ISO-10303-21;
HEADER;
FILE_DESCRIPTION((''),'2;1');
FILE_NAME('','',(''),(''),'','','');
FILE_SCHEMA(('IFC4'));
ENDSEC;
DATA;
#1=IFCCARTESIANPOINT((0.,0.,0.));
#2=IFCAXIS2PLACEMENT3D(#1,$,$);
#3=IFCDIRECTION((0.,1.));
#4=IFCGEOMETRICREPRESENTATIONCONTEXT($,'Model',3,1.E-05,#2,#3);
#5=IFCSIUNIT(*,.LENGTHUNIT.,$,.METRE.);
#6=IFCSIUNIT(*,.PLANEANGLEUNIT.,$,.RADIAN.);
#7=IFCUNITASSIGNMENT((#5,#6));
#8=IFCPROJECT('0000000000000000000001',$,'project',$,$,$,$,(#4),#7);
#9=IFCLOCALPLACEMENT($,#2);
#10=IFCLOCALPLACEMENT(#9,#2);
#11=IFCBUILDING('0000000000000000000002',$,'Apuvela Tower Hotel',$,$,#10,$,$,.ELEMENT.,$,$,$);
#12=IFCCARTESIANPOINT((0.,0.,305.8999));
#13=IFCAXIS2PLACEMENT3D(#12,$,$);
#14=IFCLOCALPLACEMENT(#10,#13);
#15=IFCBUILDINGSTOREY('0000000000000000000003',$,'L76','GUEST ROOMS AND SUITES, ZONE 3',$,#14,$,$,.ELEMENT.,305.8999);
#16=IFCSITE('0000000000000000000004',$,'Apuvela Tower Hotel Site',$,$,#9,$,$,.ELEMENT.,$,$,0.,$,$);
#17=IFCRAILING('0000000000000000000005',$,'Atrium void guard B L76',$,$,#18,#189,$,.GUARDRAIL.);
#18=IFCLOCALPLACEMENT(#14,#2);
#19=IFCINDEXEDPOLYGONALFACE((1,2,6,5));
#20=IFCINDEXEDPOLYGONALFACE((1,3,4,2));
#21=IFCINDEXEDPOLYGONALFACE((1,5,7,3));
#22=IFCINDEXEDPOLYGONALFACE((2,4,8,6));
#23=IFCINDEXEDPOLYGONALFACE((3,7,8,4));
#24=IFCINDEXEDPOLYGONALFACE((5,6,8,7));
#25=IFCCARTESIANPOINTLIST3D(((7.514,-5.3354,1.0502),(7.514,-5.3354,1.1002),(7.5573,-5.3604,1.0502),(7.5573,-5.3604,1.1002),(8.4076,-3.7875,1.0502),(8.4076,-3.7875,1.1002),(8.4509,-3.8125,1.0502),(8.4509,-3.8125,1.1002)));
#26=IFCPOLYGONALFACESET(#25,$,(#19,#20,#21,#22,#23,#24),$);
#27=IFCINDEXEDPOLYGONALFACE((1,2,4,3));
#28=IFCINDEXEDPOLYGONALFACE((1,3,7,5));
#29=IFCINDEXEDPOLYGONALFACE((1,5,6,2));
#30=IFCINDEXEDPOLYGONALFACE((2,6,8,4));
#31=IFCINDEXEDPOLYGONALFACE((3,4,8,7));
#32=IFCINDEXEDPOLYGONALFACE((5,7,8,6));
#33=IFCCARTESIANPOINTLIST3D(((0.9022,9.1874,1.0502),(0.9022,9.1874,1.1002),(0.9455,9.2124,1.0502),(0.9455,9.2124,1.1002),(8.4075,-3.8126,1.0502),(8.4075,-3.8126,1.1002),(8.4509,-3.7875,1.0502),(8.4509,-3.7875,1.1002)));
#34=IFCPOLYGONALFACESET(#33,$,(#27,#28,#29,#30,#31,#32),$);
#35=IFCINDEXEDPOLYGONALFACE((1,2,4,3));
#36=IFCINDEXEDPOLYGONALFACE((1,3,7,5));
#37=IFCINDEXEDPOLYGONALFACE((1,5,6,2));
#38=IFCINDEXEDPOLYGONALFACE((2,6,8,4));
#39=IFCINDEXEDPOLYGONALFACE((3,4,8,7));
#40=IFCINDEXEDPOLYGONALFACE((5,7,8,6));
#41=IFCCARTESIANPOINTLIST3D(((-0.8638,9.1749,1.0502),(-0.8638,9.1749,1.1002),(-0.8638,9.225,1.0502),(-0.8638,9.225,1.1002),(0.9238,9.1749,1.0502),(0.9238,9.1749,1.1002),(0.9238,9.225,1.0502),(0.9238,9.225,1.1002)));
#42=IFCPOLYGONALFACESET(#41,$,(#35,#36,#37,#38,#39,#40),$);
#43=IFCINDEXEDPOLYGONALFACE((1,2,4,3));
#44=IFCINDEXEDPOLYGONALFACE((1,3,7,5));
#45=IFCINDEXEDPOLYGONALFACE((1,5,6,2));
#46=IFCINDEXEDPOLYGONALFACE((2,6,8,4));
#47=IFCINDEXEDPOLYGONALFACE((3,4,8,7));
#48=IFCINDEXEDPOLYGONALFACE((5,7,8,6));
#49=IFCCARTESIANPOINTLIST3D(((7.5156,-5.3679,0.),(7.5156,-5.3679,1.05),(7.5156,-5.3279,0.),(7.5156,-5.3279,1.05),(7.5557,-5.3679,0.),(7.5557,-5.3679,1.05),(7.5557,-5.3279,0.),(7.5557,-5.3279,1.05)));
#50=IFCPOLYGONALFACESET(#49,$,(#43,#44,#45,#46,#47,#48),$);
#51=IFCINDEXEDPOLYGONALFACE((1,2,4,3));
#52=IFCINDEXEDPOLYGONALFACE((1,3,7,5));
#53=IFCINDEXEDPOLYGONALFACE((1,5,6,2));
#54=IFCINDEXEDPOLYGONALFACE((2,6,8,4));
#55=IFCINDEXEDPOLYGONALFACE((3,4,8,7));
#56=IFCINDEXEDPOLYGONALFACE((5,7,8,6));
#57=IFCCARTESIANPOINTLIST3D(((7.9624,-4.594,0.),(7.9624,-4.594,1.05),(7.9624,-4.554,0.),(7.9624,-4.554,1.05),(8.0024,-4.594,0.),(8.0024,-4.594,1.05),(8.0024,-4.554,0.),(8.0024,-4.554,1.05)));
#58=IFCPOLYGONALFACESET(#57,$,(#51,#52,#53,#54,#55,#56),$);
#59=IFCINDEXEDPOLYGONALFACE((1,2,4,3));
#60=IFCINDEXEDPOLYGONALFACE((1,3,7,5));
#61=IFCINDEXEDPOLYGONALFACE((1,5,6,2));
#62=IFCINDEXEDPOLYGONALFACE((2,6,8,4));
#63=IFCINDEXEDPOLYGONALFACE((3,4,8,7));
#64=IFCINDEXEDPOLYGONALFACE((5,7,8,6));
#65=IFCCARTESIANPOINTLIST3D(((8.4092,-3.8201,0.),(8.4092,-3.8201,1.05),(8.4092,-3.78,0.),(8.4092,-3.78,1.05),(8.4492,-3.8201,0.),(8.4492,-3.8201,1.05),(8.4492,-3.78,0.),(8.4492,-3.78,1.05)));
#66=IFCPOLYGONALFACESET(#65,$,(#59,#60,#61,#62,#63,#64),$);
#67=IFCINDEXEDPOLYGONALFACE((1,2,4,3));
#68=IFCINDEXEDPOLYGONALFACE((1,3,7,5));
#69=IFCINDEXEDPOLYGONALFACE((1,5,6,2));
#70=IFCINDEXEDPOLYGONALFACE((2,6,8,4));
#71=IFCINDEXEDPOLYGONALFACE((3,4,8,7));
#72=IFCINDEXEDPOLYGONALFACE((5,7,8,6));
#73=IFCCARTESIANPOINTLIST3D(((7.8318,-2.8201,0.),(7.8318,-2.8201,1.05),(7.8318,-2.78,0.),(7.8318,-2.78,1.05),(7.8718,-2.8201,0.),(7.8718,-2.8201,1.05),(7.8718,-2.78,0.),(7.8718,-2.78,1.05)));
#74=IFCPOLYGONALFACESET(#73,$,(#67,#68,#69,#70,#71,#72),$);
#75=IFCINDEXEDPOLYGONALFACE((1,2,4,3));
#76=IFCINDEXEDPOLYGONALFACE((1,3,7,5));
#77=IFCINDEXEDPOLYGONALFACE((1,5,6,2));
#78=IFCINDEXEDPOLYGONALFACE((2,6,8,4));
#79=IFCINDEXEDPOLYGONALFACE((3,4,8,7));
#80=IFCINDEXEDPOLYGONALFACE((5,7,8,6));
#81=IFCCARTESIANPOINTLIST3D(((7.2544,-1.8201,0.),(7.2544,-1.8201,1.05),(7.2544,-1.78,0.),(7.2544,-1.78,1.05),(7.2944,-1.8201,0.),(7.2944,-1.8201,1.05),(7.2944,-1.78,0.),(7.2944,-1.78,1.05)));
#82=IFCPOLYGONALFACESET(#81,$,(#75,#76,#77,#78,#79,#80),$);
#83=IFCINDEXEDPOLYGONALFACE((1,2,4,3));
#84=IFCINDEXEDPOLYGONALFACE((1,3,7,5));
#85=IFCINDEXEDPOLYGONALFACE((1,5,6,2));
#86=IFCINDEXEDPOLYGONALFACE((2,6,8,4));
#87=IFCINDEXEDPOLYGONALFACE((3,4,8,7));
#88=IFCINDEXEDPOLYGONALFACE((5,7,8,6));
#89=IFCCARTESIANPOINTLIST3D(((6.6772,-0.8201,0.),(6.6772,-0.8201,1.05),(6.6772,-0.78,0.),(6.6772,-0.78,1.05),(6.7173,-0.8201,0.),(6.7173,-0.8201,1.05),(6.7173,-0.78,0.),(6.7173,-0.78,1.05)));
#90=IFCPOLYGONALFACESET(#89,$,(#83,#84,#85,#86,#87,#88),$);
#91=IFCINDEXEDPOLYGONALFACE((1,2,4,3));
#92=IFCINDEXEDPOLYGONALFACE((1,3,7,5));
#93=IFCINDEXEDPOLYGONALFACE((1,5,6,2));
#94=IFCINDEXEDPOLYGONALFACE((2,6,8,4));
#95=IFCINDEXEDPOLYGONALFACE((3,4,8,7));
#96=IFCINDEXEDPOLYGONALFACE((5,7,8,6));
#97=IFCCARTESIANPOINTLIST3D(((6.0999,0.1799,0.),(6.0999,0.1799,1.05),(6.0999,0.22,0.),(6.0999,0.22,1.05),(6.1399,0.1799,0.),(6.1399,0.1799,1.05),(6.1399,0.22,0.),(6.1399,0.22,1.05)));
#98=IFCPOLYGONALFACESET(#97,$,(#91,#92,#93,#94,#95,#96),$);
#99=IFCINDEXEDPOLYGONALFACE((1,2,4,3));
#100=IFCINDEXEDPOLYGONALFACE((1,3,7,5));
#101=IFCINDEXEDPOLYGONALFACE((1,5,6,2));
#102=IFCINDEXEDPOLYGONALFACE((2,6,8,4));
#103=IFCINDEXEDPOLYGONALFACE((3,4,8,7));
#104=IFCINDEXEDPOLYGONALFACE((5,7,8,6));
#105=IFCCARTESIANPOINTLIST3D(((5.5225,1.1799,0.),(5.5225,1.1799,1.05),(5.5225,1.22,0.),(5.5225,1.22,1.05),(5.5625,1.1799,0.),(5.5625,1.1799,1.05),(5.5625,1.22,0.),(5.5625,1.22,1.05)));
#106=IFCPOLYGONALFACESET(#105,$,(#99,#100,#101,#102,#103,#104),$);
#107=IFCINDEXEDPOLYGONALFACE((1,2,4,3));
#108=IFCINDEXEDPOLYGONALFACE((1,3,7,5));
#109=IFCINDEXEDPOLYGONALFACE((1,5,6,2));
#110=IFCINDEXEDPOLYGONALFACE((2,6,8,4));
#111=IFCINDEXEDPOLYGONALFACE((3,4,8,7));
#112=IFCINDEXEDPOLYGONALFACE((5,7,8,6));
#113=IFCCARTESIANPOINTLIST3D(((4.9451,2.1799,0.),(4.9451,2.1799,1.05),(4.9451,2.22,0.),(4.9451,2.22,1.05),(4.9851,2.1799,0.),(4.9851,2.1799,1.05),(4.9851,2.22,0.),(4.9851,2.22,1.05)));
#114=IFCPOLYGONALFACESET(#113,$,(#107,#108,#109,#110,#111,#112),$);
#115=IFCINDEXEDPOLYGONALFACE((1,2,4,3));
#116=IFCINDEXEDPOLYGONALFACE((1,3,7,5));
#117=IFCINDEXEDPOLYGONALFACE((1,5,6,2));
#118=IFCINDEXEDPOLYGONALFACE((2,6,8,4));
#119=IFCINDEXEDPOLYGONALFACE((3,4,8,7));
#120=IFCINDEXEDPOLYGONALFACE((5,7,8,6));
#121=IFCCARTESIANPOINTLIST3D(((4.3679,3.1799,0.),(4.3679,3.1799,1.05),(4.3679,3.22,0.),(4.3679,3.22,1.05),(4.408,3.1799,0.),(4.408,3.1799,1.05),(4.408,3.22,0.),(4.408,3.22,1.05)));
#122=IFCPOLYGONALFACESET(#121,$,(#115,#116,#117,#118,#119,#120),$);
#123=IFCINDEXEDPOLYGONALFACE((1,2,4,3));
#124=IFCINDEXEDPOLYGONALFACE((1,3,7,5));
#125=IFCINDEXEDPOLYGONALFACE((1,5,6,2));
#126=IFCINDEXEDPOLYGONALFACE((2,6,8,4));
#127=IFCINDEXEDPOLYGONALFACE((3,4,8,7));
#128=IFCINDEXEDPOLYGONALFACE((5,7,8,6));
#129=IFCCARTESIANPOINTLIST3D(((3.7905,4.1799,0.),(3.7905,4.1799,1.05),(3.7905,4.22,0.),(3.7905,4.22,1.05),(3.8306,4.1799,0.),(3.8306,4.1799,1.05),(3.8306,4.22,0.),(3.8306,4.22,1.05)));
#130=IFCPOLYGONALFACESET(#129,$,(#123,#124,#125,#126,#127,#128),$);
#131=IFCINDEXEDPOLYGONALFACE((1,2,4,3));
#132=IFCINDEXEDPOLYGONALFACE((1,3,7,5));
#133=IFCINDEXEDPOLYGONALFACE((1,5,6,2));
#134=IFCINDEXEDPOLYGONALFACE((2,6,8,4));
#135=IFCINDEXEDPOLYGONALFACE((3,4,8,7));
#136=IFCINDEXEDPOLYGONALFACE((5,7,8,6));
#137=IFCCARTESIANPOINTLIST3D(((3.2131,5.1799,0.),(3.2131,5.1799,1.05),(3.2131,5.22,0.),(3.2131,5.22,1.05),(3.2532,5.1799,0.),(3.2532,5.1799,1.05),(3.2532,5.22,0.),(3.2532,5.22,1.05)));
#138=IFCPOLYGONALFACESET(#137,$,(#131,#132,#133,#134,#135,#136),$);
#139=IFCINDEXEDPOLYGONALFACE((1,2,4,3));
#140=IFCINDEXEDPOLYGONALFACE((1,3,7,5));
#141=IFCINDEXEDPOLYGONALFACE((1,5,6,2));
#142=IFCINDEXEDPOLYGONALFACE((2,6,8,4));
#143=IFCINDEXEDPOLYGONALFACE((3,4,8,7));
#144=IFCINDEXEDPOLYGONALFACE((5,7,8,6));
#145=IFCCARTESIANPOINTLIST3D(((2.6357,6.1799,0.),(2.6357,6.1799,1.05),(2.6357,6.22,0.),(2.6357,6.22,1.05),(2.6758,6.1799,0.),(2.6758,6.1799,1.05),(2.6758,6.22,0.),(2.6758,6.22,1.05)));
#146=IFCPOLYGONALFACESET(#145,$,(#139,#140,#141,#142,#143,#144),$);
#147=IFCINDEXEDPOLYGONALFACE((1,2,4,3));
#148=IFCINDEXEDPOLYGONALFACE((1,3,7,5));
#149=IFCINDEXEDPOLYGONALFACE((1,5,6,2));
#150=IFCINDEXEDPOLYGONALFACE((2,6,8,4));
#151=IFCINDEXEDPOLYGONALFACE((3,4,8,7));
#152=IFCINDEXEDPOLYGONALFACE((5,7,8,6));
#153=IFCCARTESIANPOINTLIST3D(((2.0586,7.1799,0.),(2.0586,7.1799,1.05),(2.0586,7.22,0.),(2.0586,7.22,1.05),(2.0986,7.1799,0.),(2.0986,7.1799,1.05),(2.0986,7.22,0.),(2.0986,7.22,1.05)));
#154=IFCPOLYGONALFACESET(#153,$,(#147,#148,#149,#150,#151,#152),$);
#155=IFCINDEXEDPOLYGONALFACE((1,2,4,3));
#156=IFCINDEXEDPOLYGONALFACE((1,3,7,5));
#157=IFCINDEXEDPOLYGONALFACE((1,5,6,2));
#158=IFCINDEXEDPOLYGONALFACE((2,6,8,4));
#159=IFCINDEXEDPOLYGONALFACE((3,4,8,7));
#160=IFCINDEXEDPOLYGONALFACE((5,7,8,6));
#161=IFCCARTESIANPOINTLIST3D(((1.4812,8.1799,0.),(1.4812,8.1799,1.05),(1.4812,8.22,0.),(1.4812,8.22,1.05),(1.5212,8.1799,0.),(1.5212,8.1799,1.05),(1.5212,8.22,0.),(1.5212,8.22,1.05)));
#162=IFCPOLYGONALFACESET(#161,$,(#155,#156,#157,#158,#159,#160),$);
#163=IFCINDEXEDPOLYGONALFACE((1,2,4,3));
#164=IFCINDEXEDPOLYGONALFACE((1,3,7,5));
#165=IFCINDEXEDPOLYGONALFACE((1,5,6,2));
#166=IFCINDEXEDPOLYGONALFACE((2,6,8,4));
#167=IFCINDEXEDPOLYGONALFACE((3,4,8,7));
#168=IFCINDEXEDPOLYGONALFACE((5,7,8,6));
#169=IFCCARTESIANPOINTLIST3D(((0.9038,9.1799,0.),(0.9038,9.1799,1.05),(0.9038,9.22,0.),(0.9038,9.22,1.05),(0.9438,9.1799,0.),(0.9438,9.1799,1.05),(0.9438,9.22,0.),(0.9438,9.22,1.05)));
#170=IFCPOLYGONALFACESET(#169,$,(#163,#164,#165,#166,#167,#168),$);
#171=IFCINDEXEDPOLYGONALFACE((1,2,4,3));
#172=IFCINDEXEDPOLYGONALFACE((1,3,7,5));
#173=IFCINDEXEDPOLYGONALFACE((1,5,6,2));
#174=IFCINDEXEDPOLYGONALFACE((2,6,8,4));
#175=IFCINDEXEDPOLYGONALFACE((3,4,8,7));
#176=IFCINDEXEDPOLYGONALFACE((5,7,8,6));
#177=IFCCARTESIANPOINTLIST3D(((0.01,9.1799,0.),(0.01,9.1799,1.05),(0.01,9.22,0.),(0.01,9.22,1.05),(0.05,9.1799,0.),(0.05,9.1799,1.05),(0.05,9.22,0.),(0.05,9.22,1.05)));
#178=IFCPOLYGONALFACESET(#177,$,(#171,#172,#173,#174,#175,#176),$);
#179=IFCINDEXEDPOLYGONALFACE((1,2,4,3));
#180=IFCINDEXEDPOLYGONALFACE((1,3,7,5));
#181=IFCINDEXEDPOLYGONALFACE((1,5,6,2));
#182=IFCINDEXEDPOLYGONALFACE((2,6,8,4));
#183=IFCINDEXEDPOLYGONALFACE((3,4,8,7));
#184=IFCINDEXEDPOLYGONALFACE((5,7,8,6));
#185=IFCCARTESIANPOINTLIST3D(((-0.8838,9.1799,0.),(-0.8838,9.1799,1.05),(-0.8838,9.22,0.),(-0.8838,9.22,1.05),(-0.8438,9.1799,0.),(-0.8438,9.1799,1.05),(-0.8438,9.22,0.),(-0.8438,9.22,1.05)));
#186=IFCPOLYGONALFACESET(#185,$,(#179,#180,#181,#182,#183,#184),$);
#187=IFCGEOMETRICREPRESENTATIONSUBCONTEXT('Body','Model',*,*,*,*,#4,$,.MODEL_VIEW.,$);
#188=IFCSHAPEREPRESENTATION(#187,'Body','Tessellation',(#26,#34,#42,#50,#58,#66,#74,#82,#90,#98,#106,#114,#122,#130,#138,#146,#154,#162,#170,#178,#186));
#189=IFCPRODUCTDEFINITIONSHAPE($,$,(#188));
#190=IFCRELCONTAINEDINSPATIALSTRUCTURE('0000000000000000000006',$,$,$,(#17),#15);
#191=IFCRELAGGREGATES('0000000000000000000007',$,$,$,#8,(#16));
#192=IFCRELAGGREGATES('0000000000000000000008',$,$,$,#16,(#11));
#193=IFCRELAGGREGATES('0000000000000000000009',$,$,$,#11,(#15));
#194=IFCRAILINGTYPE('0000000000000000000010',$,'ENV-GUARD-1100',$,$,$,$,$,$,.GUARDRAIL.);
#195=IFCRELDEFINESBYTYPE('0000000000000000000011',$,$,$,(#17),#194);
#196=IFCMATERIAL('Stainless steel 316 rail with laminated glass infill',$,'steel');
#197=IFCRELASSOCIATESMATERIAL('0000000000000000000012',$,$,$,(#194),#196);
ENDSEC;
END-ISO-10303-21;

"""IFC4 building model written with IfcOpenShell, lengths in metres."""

from ifc_helpers import new_model, si_unit, direction, frame, origin, origin_2d, place, context, subcontext, project, spatial, rectangle, extrude, material, type_object, element, save


model = new_model("IFC4")

# Units and contexts
model_context = context("Model", 3, precision=1e-05, world=origin(), true_north=direction((0.0, 1.0)))
body_context = subcontext(model_context, "Body", "Model", "MODEL_VIEW")
ifc_project = project(units=[si_unit("LENGTHUNIT", "METRE"), si_unit("PLANEANGLEUNIT", "RADIAN")], contexts=[model_context])

# Site, building, storey
site_placement = place(None, origin())
site = spatial("IfcSite", under=ifc_project, at=site_placement, Name="Apuvela Tower Hotel Site", CompositionType="ELEMENT", RefElevation=0.0)
building_placement = place(site_placement, origin())
building = spatial("IfcBuilding", under=site, at=building_placement, Name="Apuvela Tower Hotel", CompositionType="ELEMENT")
storey_placement = place(building_placement, frame((0.0, 0.0, 305.8999)))
storey = spatial("IfcBuildingStorey", under=building, at=storey_placement, Name="L76", Description="GUEST ROOMS AND SUITES, ZONE 3", CompositionType="ELEMENT", Elevation=305.8999)

# Railing
ifc_material_1 = material(Name="Stainless steel 316 rail with laminated glass infill", Category="steel")
railing_type_1 = type_object("IfcRailingType", Name="ENV-GUARD-1100", PredefinedType="GUARDRAIL", material=ifc_material_1)
railing_1_placement = place(storey_placement, frame((7.5356, -5.3479, 0.0)))
element("IfcRailing", 1, at=railing_1_placement, inside=storey, type_object=railing_type_1, Name="Atrium void guard B L76", PredefinedType="GUARDRAIL", context=body_context, shape_type="SweptSolid", body=[
    extrude(rectangle(XDim=0.05, YDim=0.05, at=origin_2d()), frame((0.0, 0.0, 1.0752), z_axis=(0.499959, 0.866049, 0.0), x_axis=(-0.866049, 0.499959, 0.0)), (0.0, 0.0, 1.0), 1.7874),
    extrude(rectangle(XDim=0.05, YDim=0.05, at=origin_2d()), frame((0.8936, 1.5479, 1.0752), z_axis=(-0.499991, 0.866031, 0.0), x_axis=(-0.866031, -0.499991, 0.0)), (0.0, 0.0, 1.0), 15.011),
    extrude(rectangle(XDim=0.05, YDim=0.05, at=origin_2d()), frame((-6.6118, 14.5479, 1.0752), z_axis=(-1.0, 0.0, 0.0), x_axis=(0.0, -1.0, 0.0)), (0.0, 0.0, 1.0), 1.7876),
    extrude(rectangle(XDim=0.04, YDim=0.04, at=origin_2d()), origin(), (0.0, 0.0, 1.0), 1.05),
    extrude(rectangle(XDim=0.04, YDim=0.04, at=origin_2d()), frame((0.4468, 0.7739, 0.0)), (0.0, 0.0, 1.0), 1.05),
    extrude(rectangle(XDim=0.04, YDim=0.04, at=origin_2d()), frame((0.8936, 1.5479, 0.0)), (0.0, 0.0, 1.0), 1.05),
    extrude(rectangle(XDim=0.04, YDim=0.04, at=origin_2d()), frame((0.3162, 2.5479, 0.0)), (0.0, 0.0, 1.0), 1.05),
    extrude(rectangle(XDim=0.04, YDim=0.04, at=origin_2d()), frame((-0.2612, 3.5479, 0.0)), (0.0, 0.0, 1.0), 1.05),
    extrude(rectangle(XDim=0.04, YDim=0.04, at=origin_2d()), frame((-0.8384, 4.5479, 0.0)), (0.0, 0.0, 1.0), 1.05),
    extrude(rectangle(XDim=0.04, YDim=0.04, at=origin_2d()), frame((-1.4158, 5.5479, 0.0)), (0.0, 0.0, 1.0), 1.05),
    extrude(rectangle(XDim=0.04, YDim=0.04, at=origin_2d()), frame((-1.9932, 6.5479, 0.0)), (0.0, 0.0, 1.0), 1.05),
    extrude(rectangle(XDim=0.04, YDim=0.04, at=origin_2d()), frame((-2.5706, 7.5479, 0.0)), (0.0, 0.0, 1.0), 1.05),
    extrude(rectangle(XDim=0.04, YDim=0.04, at=origin_2d()), frame((-3.1477, 8.5479, 0.0)), (0.0, 0.0, 1.0), 1.05),
    extrude(rectangle(XDim=0.04, YDim=0.04, at=origin_2d()), frame((-3.7251, 9.5479, 0.0)), (0.0, 0.0, 1.0), 1.05),
    extrude(rectangle(XDim=0.04, YDim=0.04, at=origin_2d()), frame((-4.3025, 10.5479, 0.0)), (0.0, 0.0, 1.0), 1.05),
    extrude(rectangle(XDim=0.04, YDim=0.04, at=origin_2d()), frame((-4.8799, 11.5479, 0.0)), (0.0, 0.0, 1.0), 1.05),
    extrude(rectangle(XDim=0.04, YDim=0.04, at=origin_2d()), frame((-5.457, 12.5479, 0.0)), (0.0, 0.0, 1.0), 1.05),
    extrude(rectangle(XDim=0.04, YDim=0.04, at=origin_2d()), frame((-6.0344, 13.5479, 0.0)), (0.0, 0.0, 1.0), 1.05),
    extrude(rectangle(XDim=0.04, YDim=0.04, at=origin_2d()), frame((-6.6118, 14.5479, 0.0)), (0.0, 0.0, 1.0), 1.05),
    extrude(rectangle(XDim=0.04, YDim=0.04, at=origin_2d()), frame((-7.5056, 14.5479, 0.0)), (0.0, 0.0, 1.0), 1.05),
    extrude(rectangle(XDim=0.04, YDim=0.04, at=origin_2d()), frame((-8.3994, 14.5479, 0.0)), (0.0, 0.0, 1.0), 1.05),
])

save(model, "model.ifc")
